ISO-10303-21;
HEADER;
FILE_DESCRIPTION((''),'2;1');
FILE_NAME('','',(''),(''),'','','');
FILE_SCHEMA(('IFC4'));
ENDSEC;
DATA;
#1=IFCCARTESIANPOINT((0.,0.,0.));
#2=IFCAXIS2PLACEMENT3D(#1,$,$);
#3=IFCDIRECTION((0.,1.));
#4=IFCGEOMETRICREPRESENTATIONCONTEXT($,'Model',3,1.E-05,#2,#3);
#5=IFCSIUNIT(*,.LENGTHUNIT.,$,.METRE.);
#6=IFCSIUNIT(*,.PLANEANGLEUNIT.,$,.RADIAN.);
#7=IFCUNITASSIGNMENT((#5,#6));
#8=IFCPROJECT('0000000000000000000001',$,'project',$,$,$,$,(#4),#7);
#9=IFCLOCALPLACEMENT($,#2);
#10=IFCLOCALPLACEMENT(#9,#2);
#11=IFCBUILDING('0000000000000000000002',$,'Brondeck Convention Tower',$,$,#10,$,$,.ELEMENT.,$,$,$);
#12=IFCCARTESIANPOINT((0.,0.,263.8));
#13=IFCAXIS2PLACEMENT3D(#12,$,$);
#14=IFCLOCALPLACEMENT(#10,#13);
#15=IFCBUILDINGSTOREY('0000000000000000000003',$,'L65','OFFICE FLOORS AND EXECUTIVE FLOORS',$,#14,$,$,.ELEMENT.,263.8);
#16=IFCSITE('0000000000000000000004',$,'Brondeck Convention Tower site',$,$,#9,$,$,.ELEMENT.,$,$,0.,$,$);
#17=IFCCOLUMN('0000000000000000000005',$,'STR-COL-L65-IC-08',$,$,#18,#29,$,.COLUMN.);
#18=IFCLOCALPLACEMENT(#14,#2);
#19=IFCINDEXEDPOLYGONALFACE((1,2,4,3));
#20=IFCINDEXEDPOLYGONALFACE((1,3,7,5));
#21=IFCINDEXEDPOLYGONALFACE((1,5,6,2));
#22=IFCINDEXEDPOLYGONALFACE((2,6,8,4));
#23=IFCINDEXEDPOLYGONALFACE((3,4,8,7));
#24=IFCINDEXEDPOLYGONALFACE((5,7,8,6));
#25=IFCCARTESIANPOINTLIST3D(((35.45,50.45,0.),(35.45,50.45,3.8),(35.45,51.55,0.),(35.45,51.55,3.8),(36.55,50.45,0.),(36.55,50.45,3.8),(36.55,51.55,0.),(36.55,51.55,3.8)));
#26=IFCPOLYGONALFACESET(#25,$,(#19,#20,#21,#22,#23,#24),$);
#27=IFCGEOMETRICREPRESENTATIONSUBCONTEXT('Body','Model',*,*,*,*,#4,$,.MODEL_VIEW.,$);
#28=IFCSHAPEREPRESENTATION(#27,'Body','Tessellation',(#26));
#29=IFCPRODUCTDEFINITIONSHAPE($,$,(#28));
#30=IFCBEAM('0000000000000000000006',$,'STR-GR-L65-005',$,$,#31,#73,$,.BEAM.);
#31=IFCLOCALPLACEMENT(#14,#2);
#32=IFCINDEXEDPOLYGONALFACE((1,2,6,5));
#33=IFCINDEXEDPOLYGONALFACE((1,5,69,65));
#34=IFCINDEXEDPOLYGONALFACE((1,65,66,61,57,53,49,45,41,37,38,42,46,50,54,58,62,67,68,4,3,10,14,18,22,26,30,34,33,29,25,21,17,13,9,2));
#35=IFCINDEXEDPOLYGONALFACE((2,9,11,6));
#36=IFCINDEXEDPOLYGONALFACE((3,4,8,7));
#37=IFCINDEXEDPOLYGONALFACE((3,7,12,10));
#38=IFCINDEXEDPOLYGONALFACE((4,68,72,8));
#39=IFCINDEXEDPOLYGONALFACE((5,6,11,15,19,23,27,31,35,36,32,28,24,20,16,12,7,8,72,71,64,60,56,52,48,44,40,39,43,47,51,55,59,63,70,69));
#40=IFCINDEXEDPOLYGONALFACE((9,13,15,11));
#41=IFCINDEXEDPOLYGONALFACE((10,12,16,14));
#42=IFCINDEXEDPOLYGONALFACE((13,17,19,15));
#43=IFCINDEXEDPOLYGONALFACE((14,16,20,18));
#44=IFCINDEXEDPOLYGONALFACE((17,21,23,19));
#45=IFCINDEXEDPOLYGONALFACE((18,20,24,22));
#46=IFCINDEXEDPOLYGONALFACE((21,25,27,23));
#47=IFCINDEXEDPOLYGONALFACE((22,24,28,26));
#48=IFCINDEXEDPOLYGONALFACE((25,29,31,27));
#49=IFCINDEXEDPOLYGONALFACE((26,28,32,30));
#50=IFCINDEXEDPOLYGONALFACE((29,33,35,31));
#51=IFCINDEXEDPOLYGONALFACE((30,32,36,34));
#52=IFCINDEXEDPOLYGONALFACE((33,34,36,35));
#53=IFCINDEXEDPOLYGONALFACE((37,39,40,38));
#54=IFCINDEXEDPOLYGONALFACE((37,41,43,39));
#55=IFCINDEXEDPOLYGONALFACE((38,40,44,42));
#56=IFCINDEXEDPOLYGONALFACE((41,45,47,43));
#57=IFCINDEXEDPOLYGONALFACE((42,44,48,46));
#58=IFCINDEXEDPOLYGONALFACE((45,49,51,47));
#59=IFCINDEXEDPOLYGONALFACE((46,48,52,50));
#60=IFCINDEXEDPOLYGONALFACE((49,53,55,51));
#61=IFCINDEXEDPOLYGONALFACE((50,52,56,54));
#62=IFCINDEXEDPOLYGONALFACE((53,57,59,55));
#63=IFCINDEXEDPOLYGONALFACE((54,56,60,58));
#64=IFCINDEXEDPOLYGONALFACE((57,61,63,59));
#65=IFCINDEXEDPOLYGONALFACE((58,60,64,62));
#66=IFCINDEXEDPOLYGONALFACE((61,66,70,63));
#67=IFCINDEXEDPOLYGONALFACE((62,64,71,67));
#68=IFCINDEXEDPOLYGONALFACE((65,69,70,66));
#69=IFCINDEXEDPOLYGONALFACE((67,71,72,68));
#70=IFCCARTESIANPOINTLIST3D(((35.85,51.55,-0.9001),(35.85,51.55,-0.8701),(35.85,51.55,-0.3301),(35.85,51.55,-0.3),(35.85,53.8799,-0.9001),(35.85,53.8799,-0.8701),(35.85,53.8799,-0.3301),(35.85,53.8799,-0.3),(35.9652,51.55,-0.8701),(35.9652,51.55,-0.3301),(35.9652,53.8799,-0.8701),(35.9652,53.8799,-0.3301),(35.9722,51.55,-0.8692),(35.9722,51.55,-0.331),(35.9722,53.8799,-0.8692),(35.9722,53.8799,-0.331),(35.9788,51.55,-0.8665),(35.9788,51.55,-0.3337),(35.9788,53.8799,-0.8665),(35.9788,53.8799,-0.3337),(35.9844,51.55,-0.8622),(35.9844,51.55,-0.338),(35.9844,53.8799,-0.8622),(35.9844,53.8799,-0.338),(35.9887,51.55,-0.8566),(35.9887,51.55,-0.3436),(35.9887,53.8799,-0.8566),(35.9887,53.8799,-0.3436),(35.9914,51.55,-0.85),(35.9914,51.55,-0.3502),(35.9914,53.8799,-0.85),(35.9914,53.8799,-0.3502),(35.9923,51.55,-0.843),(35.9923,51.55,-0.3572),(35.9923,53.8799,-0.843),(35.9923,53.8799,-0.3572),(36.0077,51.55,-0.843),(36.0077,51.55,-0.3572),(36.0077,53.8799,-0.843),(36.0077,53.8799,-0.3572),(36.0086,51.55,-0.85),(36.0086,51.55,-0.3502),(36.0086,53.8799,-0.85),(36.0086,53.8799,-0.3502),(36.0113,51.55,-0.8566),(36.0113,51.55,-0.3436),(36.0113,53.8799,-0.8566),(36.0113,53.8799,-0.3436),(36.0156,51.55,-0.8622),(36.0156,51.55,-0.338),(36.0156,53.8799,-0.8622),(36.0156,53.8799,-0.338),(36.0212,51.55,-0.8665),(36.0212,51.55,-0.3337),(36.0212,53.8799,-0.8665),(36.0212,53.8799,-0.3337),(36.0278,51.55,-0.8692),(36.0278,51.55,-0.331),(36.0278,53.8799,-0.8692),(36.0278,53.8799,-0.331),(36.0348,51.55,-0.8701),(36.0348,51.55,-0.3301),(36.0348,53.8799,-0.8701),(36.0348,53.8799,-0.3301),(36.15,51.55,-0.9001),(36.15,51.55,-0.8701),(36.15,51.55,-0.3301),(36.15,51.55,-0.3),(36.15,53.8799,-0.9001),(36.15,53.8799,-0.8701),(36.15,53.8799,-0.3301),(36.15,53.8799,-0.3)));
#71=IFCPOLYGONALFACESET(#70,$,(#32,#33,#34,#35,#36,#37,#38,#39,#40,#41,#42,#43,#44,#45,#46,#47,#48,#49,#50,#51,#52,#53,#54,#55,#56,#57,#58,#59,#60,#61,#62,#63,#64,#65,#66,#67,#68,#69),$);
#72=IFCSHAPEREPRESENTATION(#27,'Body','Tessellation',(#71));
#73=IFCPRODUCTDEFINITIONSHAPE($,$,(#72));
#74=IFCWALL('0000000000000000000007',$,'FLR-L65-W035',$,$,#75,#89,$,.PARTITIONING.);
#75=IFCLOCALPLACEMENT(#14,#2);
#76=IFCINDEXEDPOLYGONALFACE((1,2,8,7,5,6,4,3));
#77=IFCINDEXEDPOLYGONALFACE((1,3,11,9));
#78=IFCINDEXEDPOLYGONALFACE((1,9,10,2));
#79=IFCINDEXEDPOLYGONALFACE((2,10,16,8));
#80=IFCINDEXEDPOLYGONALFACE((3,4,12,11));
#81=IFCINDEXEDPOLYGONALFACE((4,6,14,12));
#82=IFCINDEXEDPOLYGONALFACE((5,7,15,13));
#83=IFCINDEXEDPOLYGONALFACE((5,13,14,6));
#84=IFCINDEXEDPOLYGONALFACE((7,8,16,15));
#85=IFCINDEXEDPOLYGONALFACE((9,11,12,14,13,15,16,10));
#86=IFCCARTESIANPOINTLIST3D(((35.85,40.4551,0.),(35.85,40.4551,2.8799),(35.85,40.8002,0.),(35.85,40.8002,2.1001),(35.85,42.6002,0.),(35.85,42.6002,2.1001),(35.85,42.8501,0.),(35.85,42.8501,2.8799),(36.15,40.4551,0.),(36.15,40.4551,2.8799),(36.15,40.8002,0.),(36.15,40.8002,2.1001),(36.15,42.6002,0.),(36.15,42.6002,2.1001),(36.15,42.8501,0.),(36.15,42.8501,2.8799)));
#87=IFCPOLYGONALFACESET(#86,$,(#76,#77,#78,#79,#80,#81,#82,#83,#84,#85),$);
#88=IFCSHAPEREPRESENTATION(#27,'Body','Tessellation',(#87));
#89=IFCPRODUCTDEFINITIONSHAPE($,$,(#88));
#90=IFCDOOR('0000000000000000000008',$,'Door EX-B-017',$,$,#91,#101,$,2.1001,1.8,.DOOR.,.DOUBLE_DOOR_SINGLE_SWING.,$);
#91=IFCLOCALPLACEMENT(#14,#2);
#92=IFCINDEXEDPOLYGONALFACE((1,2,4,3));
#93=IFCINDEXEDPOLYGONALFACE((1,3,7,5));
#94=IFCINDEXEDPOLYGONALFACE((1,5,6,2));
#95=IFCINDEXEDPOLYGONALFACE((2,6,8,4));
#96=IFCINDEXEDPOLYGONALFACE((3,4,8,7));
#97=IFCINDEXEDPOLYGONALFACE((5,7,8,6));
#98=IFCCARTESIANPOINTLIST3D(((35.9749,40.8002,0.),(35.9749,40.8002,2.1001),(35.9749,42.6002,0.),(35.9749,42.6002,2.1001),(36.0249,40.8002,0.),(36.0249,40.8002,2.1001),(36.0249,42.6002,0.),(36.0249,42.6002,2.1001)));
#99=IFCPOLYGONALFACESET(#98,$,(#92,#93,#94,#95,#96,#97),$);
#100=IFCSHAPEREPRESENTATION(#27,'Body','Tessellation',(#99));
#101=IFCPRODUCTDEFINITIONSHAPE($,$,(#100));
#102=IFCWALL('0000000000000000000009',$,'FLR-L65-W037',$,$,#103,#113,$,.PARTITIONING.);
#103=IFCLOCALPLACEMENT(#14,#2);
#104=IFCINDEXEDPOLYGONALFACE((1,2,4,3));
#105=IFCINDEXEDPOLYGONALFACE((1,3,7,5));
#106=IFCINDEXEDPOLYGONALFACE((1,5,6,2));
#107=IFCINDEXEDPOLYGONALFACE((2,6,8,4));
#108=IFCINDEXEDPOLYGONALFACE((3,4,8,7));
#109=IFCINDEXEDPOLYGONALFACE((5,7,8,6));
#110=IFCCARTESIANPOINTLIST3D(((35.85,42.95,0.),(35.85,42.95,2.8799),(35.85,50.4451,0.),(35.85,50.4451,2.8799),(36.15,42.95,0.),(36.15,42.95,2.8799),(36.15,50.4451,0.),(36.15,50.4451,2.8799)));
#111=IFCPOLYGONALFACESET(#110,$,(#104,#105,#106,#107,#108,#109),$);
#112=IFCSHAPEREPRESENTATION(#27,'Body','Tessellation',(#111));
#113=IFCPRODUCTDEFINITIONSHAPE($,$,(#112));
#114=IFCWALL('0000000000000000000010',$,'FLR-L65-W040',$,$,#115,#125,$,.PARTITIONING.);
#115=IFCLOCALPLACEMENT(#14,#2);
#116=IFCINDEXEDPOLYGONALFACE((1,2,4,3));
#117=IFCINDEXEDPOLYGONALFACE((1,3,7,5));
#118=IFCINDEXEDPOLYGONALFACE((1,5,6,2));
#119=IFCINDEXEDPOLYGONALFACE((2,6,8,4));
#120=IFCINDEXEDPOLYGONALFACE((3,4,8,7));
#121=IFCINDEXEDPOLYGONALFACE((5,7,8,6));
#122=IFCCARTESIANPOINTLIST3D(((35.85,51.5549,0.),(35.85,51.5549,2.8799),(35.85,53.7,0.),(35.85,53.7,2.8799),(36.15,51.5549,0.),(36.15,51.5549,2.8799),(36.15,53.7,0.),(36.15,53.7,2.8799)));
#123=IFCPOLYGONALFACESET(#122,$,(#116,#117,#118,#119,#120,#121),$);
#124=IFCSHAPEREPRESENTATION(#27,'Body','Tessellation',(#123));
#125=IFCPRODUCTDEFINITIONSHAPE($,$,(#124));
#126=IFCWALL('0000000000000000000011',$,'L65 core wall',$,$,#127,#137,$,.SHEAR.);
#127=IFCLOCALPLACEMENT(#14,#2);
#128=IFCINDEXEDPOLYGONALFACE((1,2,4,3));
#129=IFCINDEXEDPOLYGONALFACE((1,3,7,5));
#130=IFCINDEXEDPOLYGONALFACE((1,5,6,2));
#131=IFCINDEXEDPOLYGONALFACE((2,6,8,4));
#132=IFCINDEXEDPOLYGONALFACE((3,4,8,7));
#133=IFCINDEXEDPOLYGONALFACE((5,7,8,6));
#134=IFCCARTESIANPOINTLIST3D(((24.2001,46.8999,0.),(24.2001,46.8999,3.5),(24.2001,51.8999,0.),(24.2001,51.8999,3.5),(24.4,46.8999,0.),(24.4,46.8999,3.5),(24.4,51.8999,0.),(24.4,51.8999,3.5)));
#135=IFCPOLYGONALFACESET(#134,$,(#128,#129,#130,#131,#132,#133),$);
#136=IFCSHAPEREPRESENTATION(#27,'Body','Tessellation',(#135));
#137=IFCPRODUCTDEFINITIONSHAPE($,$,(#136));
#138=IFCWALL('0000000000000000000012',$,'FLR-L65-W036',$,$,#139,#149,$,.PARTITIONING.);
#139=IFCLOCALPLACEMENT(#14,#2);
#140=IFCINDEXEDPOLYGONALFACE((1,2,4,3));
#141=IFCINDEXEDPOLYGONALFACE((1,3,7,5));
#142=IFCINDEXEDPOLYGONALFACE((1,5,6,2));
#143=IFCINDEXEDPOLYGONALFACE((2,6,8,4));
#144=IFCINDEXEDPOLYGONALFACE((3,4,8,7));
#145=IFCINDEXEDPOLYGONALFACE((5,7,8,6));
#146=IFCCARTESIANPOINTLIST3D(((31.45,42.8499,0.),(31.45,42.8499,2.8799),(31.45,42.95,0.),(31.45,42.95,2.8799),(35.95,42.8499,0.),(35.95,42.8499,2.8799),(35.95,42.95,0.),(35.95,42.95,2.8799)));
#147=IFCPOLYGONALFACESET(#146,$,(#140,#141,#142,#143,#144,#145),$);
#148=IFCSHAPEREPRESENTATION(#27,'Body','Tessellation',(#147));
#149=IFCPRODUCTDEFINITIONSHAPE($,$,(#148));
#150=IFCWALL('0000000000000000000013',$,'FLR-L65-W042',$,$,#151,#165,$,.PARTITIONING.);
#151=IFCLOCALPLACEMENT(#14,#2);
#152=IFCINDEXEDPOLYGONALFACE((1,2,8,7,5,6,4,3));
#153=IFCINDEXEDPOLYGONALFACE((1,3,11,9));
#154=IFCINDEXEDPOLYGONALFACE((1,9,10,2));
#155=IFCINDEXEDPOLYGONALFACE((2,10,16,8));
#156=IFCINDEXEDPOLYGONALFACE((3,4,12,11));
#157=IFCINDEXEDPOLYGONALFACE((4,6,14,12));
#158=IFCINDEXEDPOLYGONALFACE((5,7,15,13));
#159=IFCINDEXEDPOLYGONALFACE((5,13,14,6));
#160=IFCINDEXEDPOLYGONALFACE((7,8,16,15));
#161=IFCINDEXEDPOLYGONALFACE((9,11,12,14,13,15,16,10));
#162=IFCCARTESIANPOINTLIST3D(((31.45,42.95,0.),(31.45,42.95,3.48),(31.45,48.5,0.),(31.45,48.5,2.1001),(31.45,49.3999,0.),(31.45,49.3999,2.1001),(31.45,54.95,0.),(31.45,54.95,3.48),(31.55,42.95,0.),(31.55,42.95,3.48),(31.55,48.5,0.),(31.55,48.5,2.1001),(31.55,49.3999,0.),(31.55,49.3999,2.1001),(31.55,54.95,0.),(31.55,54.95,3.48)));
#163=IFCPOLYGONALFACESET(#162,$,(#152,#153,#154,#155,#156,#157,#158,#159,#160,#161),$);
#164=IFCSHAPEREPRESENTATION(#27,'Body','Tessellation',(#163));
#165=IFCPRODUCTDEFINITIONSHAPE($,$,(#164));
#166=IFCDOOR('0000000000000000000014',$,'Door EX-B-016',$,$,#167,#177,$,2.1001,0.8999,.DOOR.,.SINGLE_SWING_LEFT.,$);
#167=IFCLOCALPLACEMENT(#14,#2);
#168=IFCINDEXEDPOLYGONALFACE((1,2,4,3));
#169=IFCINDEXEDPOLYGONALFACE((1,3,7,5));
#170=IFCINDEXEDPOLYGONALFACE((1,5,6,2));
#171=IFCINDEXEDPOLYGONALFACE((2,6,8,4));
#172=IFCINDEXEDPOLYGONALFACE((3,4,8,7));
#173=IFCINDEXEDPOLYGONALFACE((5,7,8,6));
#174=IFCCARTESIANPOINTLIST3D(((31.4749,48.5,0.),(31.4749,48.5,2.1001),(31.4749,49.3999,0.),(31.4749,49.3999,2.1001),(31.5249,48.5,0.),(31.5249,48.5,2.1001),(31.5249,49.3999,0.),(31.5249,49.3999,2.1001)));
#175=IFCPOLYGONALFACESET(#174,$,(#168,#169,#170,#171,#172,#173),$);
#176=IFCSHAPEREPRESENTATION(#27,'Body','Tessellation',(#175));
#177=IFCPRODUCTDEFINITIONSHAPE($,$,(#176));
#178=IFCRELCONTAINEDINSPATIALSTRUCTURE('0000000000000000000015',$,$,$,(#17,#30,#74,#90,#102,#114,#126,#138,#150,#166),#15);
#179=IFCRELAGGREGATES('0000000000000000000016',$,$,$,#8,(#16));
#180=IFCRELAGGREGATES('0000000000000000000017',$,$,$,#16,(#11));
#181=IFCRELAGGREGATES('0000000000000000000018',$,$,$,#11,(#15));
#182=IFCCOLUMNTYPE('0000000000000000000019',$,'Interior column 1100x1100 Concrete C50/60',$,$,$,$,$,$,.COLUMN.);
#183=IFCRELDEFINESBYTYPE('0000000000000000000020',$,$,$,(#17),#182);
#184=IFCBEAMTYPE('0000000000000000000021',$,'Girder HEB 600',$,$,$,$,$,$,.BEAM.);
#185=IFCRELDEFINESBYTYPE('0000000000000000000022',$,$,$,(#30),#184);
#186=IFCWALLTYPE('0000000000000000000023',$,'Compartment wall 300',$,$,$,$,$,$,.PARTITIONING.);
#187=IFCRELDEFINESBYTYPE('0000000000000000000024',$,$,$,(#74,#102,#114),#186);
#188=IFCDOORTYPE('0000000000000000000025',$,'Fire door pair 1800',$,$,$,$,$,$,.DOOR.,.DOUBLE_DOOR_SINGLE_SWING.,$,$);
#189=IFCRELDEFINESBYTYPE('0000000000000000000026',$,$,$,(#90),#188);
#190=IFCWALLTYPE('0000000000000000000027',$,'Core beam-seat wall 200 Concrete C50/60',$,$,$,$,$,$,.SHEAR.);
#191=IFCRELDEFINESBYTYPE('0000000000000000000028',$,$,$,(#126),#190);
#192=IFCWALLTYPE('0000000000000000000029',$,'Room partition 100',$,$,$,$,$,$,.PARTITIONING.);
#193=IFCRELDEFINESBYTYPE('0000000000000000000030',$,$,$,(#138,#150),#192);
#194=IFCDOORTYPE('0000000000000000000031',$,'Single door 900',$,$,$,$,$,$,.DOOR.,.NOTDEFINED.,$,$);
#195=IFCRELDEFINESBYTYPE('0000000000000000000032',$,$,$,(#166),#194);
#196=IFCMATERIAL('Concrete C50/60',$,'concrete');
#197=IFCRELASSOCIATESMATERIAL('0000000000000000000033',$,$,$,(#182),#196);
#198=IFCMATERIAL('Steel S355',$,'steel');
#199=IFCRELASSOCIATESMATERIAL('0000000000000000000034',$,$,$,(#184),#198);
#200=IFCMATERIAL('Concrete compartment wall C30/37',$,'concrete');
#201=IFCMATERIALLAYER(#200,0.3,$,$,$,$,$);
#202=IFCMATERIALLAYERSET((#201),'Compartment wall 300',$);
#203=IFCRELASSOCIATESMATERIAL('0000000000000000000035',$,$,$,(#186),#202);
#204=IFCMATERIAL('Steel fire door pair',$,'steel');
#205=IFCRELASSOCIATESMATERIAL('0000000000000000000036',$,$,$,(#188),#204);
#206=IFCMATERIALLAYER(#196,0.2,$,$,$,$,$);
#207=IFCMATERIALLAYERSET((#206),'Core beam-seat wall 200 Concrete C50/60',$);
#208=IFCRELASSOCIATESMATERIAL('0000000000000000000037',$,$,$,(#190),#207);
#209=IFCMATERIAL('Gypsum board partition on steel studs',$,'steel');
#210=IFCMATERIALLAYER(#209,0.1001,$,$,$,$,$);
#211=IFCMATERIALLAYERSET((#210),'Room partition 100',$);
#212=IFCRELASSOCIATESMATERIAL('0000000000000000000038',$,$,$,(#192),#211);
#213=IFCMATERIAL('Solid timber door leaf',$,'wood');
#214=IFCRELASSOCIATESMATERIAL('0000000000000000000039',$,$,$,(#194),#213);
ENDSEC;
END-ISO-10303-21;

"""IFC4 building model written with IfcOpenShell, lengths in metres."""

from ifc_helpers import new_model, si_unit, direction, frame, frame_2d, origin, origin_2d, place, context, subcontext, project, spatial, rectangle, i_section, extrude, material, layer, layer_set, material_profile, profile_set, type_object, element, fill, save


model = new_model("IFC4")

# Units and contexts
model_context = context("Model", 3, precision=1e-05, world=origin(), true_north=direction((0.0, 1.0)))
body_context = subcontext(model_context, "Body", "Model", "MODEL_VIEW")
ifc_project = project(units=[si_unit("LENGTHUNIT", "METRE"), si_unit("PLANEANGLEUNIT", "RADIAN")], contexts=[model_context])

# Site, building, storey
site_placement = place(None, origin())
site = spatial("IfcSite", under=ifc_project, at=site_placement, Name="Brondeck Convention Tower site", CompositionType="ELEMENT", RefElevation=0.0)
building_placement = place(site_placement, origin())
building = spatial("IfcBuilding", under=site, at=building_placement, Name="Brondeck Convention Tower", CompositionType="ELEMENT")
storey_placement = place(building_placement, frame((0.0, 0.0, 263.8)))
storey = spatial("IfcBuildingStorey", under=building, at=storey_placement, Name="L65", Description="OFFICE FLOORS AND EXECUTIVE FLOORS", CompositionType="ELEMENT", Elevation=263.8)

# Column
ifc_material_1 = material(Name="Concrete C50/60", Category="concrete")
ifc_material_profile_1 = material_profile(ifc_material_1, rectangle(XDim=1.1001, YDim=1.1001, at=origin_2d()), Name="Interior column 1100x1100 Concrete C50/60")
ifc_profile_set_1 = profile_set([ifc_material_profile_1], Name="Concrete C50/60")
column_type = type_object("IfcColumnType", Name="Interior column 1100x1100 Concrete C50/60", PredefinedType="COLUMN", material=ifc_profile_set_1)
column_placement = place(storey_placement, frame((36.0, 51.0, 0.0), z_axis=(0.0, 0.0, 1.0), x_axis=(1.0, 0.0, 0.0)))
element("IfcColumn", 1, at=column_placement, inside=storey, type_object=column_type, Name="STR-COL-L65-IC-08", PredefinedType="COLUMN", context=body_context, shape_type="SweptSolid", body=[
    extrude(rectangle(XDim=1.1001, YDim=1.1001, at=origin_2d()), origin(), (0.0, 0.0, 1.0), 3.8),
])

# Beam
ifc_material_2 = material(Name="Steel S355", Category="steel")
ifc_material_profile_2 = material_profile(ifc_material_2, i_section(OverallWidth=0.3, OverallDepth=0.6001, WebThickness=0.0154, FlangeThickness=0.03, FilletRadius=0.0271, at=origin_2d()), Name="HEB 600")
ifc_profile_set_2 = profile_set([ifc_material_profile_2], Name="Steel S355")
beam_type = type_object("IfcBeamType", Name="Girder HEB 600", PredefinedType="BEAM", material=ifc_profile_set_2)
beam_placement = place(storey_placement, frame((36.0, 51.55, -0.6001), z_axis=(0.0, 1.0, 0.0), x_axis=(-1.0, 0.0, 0.0)))
element("IfcBeam", 2, at=beam_placement, inside=storey, type_object=beam_type, Name="STR-GR-L65-005", PredefinedType="BEAM", context=body_context, shape_type="SweptSolid", body=[
    extrude(i_section(OverallWidth=0.3, OverallDepth=0.6001, WebThickness=0.0154, FlangeThickness=0.03, FilletRadius=0.0271, at=origin_2d()), origin(), (0.0, 0.0, 1.0), 2.3298),
])

# Wall, opening, door
ifc_material_3 = material(Name="Concrete compartment wall C30/37", Category="concrete")
ifc_layer_1 = layer(ifc_material_3, 0.3)
ifc_layer_set_1 = layer_set([ifc_layer_1], Name="Compartment wall 300")
wall_type_1 = type_object("IfcWallType", Name="Compartment wall 300", PredefinedType="PARTITIONING", material=ifc_layer_set_1)
wall_1_placement = place(storey_placement, frame((36.0, 42.8501, 0.0), z_axis=(0.0, 0.0, 1.0), x_axis=(0.0, -1.0, 0.0)))
wall_1 = element("IfcWall", 3, at=wall_1_placement, inside=storey, type_object=wall_type_1, Name="FLR-L65-W035", PredefinedType="PARTITIONING", context=body_context, shape_type="SweptSolid", body=[
    extrude(rectangle(XDim=2.395, YDim=0.3, at=frame_2d((1.1975, 0.0))), origin(), (0.0, 0.0, 1.0), 2.8799),
])
opening_1_placement = place(wall_1_placement, frame((0.25, 0.0, 0.0)))
opening_1 = element("IfcOpeningElement", 4, at=opening_1_placement, cuts=wall_1, PredefinedType="OPENING", context=body_context, shape_type="SweptSolid", body=[
    extrude(rectangle(XDim=1.8, YDim=2.1001, at=frame_2d((0.8999, 1.05))), frame((0.0, 0.1599, 0.0), z_axis=(0.0, -1.0, 0.0), x_axis=(1.0, 0.0, 0.0)), (0.0, 0.0, 1.0), 0.3201),
])
ifc_material_4 = material(Name="Steel fire door pair", Category="steel")
door_type_1 = type_object("IfcDoorType", Name="Fire door pair 1800", OperationType="DOUBLE_DOOR_SINGLE_SWING", PredefinedType="DOOR", material=ifc_material_4)
door_1_placement = place(opening_1_placement, origin())
door_1 = element("IfcDoor", 5, at=door_1_placement, inside=storey, type_object=door_type_1, Name="Door EX-B-017", OperationType="DOUBLE_DOOR_SINGLE_SWING", OverallHeight=2.1001, OverallWidth=1.8, PredefinedType="DOOR", context=body_context, shape_type="SweptSolid", body=[
    extrude(rectangle(XDim=1.8, YDim=2.1001, at=frame_2d((0.8999, 1.05))), frame((0.0, 0.0249, 0.0), z_axis=(0.0, -1.0, 0.0), x_axis=(1.0, 0.0, 0.0)), (0.0, 0.0, 1.0), 0.05),
])
fill(opening_1, door_1)

# Walls
wall_2_placement = place(storey_placement, frame((36.0, 42.95, 0.0), z_axis=(0.0, 0.0, 1.0), x_axis=(0.0, 1.0, 0.0)))
element("IfcWall", 6, at=wall_2_placement, inside=storey, type_object=wall_type_1, Name="FLR-L65-W037", PredefinedType="PARTITIONING", context=body_context, shape_type="SweptSolid", body=[
    extrude(rectangle(XDim=7.4951, YDim=0.3, at=frame_2d((3.7476, 0.0))), origin(), (0.0, 0.0, 1.0), 2.8799),
])
wall_3_placement = place(storey_placement, frame((36.0, 51.5549, 0.0), z_axis=(0.0, 0.0, 1.0), x_axis=(0.0, 1.0, 0.0)))
element("IfcWall", 7, at=wall_3_placement, inside=storey, type_object=wall_type_1, Name="FLR-L65-W040", PredefinedType="PARTITIONING", context=body_context, shape_type="SweptSolid", body=[
    extrude(rectangle(XDim=2.145, YDim=0.3, at=frame_2d((1.0725, 0.0))), origin(), (0.0, 0.0, 1.0), 2.8799),
])
ifc_layer_2 = layer(ifc_material_1, 0.2)
ifc_layer_set_2 = layer_set([ifc_layer_2], Name="Core beam-seat wall 200 Concrete C50/60")
wall_type_2 = type_object("IfcWallType", Name="Core beam-seat wall 200 Concrete C50/60", PredefinedType="SHEAR", material=ifc_layer_set_2)
wall_4_placement = place(storey_placement, frame((24.3, 46.8999, 0.0), z_axis=(0.0, 0.0, 1.0), x_axis=(0.0, 1.0, 0.0)))
element("IfcWall", 8, at=wall_4_placement, inside=storey, type_object=wall_type_2, Name="L65 core wall", PredefinedType="SHEAR", context=body_context, shape_type="SweptSolid", body=[
    extrude(rectangle(XDim=5.0, YDim=0.2, at=frame_2d((2.5, 0.0))), origin(), (0.0, 0.0, 1.0), 3.5),
])
ifc_material_5 = material(Name="Gypsum board partition on steel studs", Category="steel")
ifc_layer_3 = layer(ifc_material_5, 0.1001)
ifc_layer_set_3 = layer_set([ifc_layer_3], Name="Room partition 100")
wall_type_3 = type_object("IfcWallType", Name="Room partition 100", PredefinedType="PARTITIONING", material=ifc_layer_set_3)
wall_5_placement = place(storey_placement, frame((31.45, 42.8999, 0.0), z_axis=(0.0, 0.0, 1.0), x_axis=(1.0, 0.0, 0.0)))
element("IfcWall", 9, at=wall_5_placement, inside=storey, type_object=wall_type_3, Name="FLR-L65-W036", PredefinedType="PARTITIONING", context=body_context, shape_type="SweptSolid", body=[
    extrude(rectangle(XDim=4.5, YDim=0.1001, at=frame_2d((2.25, 0.0))), origin(), (0.0, 0.0, 1.0), 2.8799),
])

# Wall, opening, door
wall_6_placement = place(storey_placement, frame((31.5, 54.95, 0.0), z_axis=(0.0, 0.0, 1.0), x_axis=(0.0, -1.0, 0.0)))
wall_6 = element("IfcWall", 10, at=wall_6_placement, inside=storey, type_object=wall_type_3, Name="FLR-L65-W042", PredefinedType="PARTITIONING", context=body_context, shape_type="SweptSolid", body=[
    extrude(rectangle(XDim=12.0, YDim=0.1001, at=frame_2d((6.0, 0.0))), origin(), (0.0, 0.0, 1.0), 3.48),
])
opening_2_placement = place(wall_6_placement, frame((5.55, 0.0, 0.0)))
opening_2 = element("IfcOpeningElement", 11, at=opening_2_placement, cuts=wall_6, PredefinedType="OPENING", context=body_context, shape_type="SweptSolid", body=[
    extrude(rectangle(XDim=0.8999, YDim=2.1001, at=frame_2d((0.45, 1.05))), frame((0.0, 0.0601, 0.0), z_axis=(0.0, -1.0, 0.0), x_axis=(1.0, 0.0, 0.0)), (0.0, 0.0, 1.0), 0.1201),
])
ifc_material_6 = material(Name="Solid timber door leaf", Category="wood")
door_type_2 = type_object("IfcDoorType", Name="Single door 900", OperationType="NOTDEFINED", PredefinedType="DOOR", material=ifc_material_6)
door_2_placement = place(opening_2_placement, origin())
door_2 = element("IfcDoor", 12, at=door_2_placement, inside=storey, type_object=door_type_2, Name="Door EX-B-016", OperationType="SINGLE_SWING_LEFT", OverallHeight=2.1001, OverallWidth=0.8999, PredefinedType="DOOR", context=body_context, shape_type="SweptSolid", body=[
    extrude(rectangle(XDim=0.8999, YDim=2.1001, at=frame_2d((0.45, 1.05))), frame((0.0, 0.0249, 0.0), z_axis=(0.0, -1.0, 0.0), x_axis=(1.0, 0.0, 0.0)), (0.0, 0.0, 1.0), 0.05),
])
fill(opening_2, door_2)

save(model, "model.ifc")
